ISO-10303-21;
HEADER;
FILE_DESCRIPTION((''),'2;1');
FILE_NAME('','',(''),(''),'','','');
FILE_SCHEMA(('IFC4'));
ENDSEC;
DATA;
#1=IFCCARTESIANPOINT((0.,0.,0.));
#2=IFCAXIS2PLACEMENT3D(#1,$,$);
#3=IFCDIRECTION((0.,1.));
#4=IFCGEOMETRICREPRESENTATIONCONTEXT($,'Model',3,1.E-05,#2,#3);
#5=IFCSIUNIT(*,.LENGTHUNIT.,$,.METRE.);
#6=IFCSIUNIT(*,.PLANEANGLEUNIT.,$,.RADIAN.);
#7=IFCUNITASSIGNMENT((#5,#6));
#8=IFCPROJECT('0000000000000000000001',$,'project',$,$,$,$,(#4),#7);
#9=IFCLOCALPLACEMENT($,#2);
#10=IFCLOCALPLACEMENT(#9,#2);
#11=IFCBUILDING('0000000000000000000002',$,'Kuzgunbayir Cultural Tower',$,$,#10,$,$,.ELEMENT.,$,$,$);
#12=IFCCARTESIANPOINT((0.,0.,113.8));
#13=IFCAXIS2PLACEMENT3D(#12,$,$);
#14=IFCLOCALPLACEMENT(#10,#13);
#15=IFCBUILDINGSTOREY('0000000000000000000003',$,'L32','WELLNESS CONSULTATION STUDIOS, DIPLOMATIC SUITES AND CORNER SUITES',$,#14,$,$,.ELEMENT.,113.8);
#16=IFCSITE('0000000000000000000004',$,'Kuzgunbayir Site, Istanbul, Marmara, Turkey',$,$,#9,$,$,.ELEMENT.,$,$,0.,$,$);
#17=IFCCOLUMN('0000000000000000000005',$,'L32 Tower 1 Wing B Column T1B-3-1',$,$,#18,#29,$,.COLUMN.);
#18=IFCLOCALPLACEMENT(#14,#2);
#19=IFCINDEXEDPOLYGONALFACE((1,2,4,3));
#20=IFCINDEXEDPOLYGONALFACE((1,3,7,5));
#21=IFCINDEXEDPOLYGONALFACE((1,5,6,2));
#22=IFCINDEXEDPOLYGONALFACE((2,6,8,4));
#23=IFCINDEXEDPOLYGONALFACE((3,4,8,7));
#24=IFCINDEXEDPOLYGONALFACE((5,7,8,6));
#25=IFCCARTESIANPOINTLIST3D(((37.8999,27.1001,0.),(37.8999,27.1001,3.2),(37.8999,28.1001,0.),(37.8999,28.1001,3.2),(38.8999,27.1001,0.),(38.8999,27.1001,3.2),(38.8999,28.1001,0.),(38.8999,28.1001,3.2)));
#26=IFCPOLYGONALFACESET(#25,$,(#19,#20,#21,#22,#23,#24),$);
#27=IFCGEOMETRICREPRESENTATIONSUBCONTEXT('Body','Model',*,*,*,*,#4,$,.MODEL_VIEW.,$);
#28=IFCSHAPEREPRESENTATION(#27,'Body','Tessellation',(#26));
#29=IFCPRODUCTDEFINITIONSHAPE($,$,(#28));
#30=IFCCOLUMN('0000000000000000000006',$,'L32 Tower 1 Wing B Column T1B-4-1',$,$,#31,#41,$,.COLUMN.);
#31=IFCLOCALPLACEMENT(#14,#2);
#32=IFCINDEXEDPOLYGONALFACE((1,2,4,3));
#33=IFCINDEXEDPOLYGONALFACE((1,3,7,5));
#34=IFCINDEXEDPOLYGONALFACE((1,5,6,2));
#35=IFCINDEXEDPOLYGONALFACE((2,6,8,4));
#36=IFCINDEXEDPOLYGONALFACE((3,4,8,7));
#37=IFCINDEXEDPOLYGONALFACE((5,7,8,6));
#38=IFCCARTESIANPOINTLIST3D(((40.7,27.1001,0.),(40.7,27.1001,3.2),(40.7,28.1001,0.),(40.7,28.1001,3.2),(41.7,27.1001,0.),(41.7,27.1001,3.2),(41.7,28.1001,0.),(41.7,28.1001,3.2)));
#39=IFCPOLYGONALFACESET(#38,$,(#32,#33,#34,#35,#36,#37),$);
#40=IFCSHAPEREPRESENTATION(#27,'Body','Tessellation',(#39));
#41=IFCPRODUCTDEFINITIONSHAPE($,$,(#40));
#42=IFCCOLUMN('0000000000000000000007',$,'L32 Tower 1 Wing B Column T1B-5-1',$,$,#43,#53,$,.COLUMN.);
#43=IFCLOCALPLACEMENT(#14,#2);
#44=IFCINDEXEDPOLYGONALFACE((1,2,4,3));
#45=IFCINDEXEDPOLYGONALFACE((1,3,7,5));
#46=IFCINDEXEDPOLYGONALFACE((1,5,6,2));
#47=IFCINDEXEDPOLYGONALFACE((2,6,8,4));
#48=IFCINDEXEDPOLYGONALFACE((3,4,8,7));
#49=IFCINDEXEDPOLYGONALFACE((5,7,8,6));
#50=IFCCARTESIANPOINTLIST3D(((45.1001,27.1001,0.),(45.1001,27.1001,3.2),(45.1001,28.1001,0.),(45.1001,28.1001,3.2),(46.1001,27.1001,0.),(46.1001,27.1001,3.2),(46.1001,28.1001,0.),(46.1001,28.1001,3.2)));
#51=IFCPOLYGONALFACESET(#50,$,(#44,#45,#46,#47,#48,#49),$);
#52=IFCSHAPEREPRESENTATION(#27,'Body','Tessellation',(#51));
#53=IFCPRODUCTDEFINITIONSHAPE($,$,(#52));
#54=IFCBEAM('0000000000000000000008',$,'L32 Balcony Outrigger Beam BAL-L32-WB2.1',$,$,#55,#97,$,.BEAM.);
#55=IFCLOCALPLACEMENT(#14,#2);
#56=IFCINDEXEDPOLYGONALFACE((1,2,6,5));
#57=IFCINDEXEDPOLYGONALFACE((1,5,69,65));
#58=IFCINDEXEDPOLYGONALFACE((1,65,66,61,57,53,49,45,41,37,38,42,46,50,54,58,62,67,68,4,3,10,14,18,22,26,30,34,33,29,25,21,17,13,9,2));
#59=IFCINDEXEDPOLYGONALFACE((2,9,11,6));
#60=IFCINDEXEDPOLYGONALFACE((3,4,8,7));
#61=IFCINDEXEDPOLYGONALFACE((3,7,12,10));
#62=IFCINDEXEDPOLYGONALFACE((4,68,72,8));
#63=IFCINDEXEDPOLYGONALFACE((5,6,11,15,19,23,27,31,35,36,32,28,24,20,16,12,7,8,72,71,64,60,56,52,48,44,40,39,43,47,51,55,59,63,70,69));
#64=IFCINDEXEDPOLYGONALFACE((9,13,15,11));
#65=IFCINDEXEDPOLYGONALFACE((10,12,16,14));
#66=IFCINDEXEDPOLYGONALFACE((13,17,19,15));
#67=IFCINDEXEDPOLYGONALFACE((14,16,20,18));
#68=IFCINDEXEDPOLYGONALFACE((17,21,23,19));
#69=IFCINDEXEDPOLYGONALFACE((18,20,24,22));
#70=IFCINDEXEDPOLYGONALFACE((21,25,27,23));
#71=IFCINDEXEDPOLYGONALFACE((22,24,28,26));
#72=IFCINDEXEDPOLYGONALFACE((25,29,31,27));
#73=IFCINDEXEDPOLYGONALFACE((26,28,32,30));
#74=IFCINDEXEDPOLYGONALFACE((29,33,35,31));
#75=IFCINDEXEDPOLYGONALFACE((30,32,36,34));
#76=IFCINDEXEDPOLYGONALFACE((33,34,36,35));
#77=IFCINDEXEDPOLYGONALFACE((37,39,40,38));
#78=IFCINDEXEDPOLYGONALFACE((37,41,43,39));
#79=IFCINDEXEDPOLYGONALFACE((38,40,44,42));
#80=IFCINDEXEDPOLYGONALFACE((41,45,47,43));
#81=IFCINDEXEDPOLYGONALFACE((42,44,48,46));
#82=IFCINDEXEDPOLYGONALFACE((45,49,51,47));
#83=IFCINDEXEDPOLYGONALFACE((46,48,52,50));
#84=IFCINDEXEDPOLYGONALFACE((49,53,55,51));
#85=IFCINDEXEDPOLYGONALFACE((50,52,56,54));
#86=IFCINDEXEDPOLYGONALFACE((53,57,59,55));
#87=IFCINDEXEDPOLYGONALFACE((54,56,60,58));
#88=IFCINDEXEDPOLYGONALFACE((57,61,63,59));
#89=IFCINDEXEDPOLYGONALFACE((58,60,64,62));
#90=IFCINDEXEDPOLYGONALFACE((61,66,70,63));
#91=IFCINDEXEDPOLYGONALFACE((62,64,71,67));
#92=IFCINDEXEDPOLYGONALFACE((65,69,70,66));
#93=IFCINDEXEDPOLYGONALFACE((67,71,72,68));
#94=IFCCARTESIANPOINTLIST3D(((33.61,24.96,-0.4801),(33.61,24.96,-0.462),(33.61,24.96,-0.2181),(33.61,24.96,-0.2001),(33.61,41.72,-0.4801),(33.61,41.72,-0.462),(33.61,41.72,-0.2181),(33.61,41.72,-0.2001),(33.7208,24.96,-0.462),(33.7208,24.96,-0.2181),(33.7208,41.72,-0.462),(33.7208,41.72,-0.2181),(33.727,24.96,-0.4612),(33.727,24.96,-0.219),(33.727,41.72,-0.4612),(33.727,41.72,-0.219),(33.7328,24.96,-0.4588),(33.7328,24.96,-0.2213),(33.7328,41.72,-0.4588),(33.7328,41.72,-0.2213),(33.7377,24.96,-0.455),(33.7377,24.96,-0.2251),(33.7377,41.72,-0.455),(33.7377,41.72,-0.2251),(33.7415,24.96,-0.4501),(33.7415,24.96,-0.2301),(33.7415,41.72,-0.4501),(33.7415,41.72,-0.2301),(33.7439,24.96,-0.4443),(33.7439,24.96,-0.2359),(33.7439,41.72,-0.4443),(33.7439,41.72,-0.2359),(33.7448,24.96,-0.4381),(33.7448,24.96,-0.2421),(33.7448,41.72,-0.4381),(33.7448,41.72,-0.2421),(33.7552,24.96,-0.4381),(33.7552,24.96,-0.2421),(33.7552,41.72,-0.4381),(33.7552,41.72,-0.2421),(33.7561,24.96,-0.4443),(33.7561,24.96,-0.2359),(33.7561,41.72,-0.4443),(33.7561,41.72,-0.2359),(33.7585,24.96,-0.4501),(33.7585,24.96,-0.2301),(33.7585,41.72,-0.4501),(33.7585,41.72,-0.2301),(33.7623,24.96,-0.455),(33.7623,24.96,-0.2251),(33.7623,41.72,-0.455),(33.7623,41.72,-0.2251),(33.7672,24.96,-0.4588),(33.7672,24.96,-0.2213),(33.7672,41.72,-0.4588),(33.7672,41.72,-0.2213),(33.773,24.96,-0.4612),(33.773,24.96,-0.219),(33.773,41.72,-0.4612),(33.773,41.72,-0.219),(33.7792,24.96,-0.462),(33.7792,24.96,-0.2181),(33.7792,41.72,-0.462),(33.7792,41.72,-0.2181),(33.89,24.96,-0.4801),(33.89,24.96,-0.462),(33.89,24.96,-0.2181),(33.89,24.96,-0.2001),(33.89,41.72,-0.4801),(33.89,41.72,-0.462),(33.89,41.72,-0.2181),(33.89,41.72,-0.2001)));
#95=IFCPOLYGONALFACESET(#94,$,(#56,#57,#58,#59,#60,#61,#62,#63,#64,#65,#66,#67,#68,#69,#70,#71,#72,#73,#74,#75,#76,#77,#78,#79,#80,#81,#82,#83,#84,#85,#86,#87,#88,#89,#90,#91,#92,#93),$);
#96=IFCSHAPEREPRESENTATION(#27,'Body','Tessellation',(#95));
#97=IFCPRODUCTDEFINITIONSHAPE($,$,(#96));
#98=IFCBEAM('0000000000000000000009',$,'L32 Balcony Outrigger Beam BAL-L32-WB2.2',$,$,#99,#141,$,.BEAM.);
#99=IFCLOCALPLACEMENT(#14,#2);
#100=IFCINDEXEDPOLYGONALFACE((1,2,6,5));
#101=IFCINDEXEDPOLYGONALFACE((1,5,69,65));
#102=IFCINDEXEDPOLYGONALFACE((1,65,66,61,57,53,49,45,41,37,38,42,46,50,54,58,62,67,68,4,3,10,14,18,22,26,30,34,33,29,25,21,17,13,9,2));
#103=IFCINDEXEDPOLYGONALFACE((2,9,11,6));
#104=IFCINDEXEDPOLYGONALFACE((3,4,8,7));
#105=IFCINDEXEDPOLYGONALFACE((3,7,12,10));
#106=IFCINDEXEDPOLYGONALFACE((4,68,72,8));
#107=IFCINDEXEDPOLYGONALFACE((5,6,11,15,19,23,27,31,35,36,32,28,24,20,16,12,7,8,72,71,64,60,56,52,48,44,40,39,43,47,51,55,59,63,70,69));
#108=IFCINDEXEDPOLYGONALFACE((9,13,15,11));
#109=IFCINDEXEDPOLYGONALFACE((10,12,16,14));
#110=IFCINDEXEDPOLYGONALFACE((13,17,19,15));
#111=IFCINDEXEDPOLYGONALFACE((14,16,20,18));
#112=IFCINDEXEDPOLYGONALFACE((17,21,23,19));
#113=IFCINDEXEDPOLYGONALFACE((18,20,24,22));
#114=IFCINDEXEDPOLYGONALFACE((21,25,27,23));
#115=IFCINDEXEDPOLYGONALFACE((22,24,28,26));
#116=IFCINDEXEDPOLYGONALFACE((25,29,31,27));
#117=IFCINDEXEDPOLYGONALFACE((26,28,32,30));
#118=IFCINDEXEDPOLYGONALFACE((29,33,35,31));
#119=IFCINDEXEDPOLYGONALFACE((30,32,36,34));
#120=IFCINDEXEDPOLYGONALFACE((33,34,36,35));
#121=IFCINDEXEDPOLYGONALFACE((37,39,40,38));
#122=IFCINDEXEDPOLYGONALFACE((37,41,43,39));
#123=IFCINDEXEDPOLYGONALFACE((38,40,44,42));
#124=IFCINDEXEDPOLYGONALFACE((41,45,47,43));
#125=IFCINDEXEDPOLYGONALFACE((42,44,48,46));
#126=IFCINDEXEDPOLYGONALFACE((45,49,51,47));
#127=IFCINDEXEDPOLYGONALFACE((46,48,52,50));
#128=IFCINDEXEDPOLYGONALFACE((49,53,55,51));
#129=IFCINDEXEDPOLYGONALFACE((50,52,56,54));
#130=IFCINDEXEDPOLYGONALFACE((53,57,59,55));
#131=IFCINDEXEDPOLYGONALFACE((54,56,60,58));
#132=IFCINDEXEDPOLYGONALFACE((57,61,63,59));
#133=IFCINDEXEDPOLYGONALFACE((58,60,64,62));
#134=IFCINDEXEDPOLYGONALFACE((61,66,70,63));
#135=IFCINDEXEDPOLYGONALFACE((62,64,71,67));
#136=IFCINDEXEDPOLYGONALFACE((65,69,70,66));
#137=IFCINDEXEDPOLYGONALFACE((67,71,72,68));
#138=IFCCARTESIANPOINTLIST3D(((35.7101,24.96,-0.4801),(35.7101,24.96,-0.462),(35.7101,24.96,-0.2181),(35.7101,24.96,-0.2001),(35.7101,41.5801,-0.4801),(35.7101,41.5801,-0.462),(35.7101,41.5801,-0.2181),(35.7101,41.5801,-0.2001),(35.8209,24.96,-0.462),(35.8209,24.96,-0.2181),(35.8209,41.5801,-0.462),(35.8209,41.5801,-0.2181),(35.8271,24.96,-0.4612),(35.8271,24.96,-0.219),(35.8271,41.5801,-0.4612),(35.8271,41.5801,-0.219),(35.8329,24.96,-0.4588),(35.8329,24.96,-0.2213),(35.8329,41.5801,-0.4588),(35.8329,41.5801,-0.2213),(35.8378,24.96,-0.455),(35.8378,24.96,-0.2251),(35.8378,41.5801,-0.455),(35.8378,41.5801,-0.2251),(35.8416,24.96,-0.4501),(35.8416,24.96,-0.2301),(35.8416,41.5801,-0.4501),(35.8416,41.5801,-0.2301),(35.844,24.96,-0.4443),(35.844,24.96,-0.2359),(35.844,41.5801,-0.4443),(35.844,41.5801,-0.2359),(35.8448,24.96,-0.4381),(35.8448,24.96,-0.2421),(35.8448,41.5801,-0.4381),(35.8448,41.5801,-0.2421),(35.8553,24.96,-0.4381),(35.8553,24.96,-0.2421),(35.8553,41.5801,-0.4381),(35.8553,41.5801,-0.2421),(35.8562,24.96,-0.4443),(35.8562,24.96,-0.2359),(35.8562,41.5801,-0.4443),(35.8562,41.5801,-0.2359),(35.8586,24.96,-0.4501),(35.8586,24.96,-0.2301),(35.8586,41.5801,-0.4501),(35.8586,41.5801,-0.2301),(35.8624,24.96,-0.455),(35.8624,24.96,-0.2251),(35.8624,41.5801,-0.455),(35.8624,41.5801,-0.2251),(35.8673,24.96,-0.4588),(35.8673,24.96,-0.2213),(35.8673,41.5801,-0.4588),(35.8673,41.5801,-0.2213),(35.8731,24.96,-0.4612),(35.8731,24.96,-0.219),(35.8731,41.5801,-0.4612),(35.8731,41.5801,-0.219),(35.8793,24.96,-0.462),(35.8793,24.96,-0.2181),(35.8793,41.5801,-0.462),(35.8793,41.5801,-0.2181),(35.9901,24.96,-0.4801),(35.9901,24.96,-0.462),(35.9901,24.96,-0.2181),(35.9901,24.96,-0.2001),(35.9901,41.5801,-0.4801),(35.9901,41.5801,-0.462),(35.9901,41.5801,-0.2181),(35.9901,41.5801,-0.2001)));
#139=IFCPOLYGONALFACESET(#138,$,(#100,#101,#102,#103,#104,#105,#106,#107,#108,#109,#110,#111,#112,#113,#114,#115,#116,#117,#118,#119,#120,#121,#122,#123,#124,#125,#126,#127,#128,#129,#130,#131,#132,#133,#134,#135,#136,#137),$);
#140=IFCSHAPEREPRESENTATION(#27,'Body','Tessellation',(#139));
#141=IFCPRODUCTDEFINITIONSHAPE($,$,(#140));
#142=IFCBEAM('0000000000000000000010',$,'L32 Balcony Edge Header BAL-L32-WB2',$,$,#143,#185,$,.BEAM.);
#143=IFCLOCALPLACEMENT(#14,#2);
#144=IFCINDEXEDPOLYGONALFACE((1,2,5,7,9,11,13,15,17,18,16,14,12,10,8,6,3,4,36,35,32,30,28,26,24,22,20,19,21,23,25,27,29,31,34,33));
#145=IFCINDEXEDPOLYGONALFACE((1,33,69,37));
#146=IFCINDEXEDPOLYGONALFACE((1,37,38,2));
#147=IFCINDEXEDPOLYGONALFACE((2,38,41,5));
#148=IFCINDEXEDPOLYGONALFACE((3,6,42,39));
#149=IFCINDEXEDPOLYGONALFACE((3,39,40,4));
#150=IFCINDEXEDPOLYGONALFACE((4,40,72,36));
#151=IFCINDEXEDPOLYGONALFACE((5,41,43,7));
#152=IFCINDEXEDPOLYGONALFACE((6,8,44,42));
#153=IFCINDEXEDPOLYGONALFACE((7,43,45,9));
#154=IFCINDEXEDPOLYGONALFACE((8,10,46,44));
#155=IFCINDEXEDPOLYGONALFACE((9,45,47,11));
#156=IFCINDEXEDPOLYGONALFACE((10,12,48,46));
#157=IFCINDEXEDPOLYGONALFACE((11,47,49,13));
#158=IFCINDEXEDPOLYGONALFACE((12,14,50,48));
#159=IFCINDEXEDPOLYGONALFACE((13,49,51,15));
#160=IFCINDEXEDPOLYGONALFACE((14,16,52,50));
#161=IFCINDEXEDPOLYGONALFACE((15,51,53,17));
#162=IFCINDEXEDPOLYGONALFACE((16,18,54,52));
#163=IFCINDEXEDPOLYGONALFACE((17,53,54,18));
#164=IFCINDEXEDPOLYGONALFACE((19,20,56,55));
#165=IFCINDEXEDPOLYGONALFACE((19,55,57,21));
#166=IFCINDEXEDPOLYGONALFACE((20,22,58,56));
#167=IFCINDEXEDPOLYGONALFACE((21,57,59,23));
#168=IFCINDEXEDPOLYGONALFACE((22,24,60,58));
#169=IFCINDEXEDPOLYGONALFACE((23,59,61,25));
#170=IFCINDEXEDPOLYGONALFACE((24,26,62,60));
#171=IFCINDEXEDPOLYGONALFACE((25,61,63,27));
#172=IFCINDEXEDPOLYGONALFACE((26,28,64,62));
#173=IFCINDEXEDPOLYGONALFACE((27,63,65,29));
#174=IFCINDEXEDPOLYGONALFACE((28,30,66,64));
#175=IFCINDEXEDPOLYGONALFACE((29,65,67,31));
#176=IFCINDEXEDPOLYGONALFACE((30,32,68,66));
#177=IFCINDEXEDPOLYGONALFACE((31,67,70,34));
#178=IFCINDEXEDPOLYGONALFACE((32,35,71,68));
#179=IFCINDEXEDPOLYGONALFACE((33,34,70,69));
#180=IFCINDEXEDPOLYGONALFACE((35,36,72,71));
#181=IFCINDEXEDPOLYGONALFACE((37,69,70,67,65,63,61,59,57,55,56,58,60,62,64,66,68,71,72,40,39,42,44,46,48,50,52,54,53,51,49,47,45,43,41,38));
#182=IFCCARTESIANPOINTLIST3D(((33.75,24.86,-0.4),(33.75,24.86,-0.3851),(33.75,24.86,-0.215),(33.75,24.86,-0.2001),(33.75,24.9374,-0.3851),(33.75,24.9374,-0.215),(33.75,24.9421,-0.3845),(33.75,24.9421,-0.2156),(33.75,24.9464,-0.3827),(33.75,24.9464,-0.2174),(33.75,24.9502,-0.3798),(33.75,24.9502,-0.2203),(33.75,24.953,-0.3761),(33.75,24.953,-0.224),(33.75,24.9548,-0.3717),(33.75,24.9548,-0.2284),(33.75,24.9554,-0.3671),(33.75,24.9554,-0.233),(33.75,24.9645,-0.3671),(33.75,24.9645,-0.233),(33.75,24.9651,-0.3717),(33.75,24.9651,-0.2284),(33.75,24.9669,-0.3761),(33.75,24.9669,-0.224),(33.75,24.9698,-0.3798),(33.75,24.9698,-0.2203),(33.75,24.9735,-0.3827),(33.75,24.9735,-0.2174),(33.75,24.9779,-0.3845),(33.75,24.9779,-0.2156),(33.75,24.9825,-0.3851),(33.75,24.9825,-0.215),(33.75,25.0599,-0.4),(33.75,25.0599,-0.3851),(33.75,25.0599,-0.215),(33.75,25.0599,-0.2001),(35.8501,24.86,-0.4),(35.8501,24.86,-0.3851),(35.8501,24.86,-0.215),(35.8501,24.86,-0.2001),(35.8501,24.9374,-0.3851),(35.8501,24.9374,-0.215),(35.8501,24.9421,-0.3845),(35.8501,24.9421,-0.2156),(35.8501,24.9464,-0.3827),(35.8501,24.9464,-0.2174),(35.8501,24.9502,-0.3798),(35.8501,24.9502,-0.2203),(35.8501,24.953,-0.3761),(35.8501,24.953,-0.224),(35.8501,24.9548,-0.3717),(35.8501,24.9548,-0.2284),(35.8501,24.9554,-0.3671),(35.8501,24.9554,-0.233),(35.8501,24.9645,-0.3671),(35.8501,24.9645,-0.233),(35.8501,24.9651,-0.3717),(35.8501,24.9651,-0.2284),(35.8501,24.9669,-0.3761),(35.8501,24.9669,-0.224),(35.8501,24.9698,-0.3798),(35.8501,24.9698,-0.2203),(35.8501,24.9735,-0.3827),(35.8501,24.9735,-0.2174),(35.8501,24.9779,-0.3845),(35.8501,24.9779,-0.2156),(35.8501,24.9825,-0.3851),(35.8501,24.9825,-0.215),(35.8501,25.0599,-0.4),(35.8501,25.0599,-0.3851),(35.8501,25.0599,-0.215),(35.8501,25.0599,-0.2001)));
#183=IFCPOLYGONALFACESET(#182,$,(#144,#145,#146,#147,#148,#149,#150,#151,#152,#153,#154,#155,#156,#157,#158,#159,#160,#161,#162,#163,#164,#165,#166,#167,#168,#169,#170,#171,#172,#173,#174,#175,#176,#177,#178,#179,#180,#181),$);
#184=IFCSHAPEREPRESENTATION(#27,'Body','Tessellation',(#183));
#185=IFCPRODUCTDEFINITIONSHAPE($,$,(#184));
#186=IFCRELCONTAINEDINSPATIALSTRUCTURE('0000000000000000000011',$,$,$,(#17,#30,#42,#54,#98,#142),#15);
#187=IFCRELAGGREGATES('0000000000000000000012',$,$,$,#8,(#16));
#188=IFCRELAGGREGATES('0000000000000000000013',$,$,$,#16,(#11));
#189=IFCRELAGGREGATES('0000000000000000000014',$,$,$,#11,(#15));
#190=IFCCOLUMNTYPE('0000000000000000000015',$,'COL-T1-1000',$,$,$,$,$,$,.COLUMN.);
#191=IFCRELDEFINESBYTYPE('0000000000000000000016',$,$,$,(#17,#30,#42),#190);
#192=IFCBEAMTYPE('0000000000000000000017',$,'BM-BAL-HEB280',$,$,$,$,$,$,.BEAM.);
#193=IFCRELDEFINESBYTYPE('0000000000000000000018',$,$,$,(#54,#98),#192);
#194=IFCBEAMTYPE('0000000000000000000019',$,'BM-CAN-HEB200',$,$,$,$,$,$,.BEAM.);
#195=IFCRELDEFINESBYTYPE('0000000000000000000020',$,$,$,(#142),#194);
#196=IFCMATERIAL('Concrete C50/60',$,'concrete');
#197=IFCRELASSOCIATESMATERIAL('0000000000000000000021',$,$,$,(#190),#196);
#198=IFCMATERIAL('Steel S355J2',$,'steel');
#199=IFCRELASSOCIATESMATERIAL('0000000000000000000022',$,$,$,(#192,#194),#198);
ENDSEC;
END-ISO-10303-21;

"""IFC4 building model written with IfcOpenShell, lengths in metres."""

from ifc_helpers import new_model, si_unit, direction, frame, origin, origin_2d, place, context, subcontext, project, spatial, rectangle, i_section, extrude, material, material_profile, profile_set, type_object, element, save


model = new_model("IFC4")

# Units and contexts
model_context = context("Model", 3, precision=1e-05, world=origin(), true_north=direction((0.0, 1.0)))
body_context = subcontext(model_context, "Body", "Model", "MODEL_VIEW")
ifc_project = project(units=[si_unit("LENGTHUNIT", "METRE"), si_unit("PLANEANGLEUNIT", "RADIAN")], contexts=[model_context])

# Site, building, storey
site_placement = place(None, origin())
site = spatial("IfcSite", under=ifc_project, at=site_placement, Name="Kuzgunbayir Site, Istanbul, Marmara, Turkey", CompositionType="ELEMENT", RefElevation=0.0)
building_placement = place(site_placement, origin())
building = spatial("IfcBuilding", under=site, at=building_placement, Name="Kuzgunbayir Cultural Tower", CompositionType="ELEMENT")
storey_placement = place(building_placement, frame((0.0, 0.0, 113.8)))
storey = spatial("IfcBuildingStorey", under=building, at=storey_placement, Name="L32", Description="WELLNESS CONSULTATION STUDIOS, DIPLOMATIC SUITES AND CORNER SUITES", CompositionType="ELEMENT", Elevation=113.8)

# Columns
ifc_material_1 = material(Name="Concrete C50/60", Category="concrete")
ifc_material_profile_1 = material_profile(ifc_material_1, rectangle(XDim=1.0, YDim=1.0, at=origin_2d()), Name="RC 1000x1000")
ifc_profile_set_1 = profile_set([ifc_material_profile_1], Name="Concrete C50/60")
column_type = type_object("IfcColumnType", Name="COL-T1-1000", PredefinedType="COLUMN", material=ifc_profile_set_1)
for number, where, z_axis, x_axis, name in (
    (1, (38.3999, 27.6001, 0.0), (0.0, 0.0, 1.0), (1.0, 0.0, 0.0), "L32 Tower 1 Wing B Column T1B-3-1"),
    (2, (41.2, 27.6001, 0.0), (0.0, 0.0, 1.0), (1.0, 0.0, 0.0), "L32 Tower 1 Wing B Column T1B-4-1"),
    (3, (45.6001, 27.6001, 0.0), (0.0, 0.0, 1.0), (1.0, 0.0, 0.0), "L32 Tower 1 Wing B Column T1B-5-1"),
):
    element("IfcColumn", number, at=place(storey_placement, frame(where, z_axis=z_axis, x_axis=x_axis)), inside=storey, type_object=column_type, Name=name, PredefinedType="COLUMN", context=body_context, shape_type="SweptSolid", body=[
        extrude(rectangle(XDim=1.0, YDim=1.0, at=origin_2d()), origin(), (0.0, 0.0, 1.0), 3.2),
    ])

# Beams
ifc_material_2 = material(Name="Steel S355J2", Category="steel")
ifc_material_profile_2 = material_profile(ifc_material_2, i_section(OverallWidth=0.28, OverallDepth=0.28, WebThickness=0.0105, FlangeThickness=0.0181, FilletRadius=0.0239, at=origin_2d()), Name="HEB 280")
ifc_profile_set_2 = profile_set([ifc_material_profile_2], Name="Steel S355J2")
beam_type_1 = type_object("IfcBeamType", Name="BM-BAL-HEB280", PredefinedType="BEAM", material=ifc_profile_set_2)
beam_1_placement = place(storey_placement, frame((33.75, 24.96, -0.3401), z_axis=(0.0, 1.0, 0.0), x_axis=(-1.0, 0.0, 0.0)))
element("IfcBeam", 4, at=beam_1_placement, inside=storey, type_object=beam_type_1, Name="L32 Balcony Outrigger Beam BAL-L32-WB2.1", PredefinedType="BEAM", context=body_context, shape_type="SweptSolid", body=[
    extrude(i_section(OverallWidth=0.28, OverallDepth=0.28, WebThickness=0.0105, FlangeThickness=0.0181, FilletRadius=0.0239, at=origin_2d()), origin(), (0.0, 0.0, 1.0), 16.76),
])
beam_2_placement = place(storey_placement, frame((35.8501, 24.96, -0.3401), z_axis=(0.0, 1.0, 0.0), x_axis=(-1.0, 0.0, 0.0)))
element("IfcBeam", 5, at=beam_2_placement, inside=storey, type_object=beam_type_1, Name="L32 Balcony Outrigger Beam BAL-L32-WB2.2", PredefinedType="BEAM", context=body_context, shape_type="SweptSolid", body=[
    extrude(i_section(OverallWidth=0.28, OverallDepth=0.28, WebThickness=0.0105, FlangeThickness=0.0181, FilletRadius=0.0239, at=origin_2d()), origin(), (0.0, 0.0, 1.0), 16.6201),
])
ifc_material_profile_3 = material_profile(ifc_material_2, i_section(OverallWidth=0.2, OverallDepth=0.2, WebThickness=0.009, FlangeThickness=0.0149, FilletRadius=0.0181, at=origin_2d()), Name="HEB 200")
ifc_profile_set_3 = profile_set([ifc_material_profile_3], Name="Steel S355J2")
beam_type_2 = type_object("IfcBeamType", Name="BM-CAN-HEB200", PredefinedType="BEAM", material=ifc_profile_set_3)
beam_3_placement = place(storey_placement, frame((33.75, 24.96, -0.3), z_axis=(1.0, 0.0, 0.0), x_axis=(0.0, 1.0, 0.0)))
element("IfcBeam", 6, at=beam_3_placement, inside=storey, type_object=beam_type_2, Name="L32 Balcony Edge Header BAL-L32-WB2", PredefinedType="BEAM", context=body_context, shape_type="SweptSolid", body=[
    extrude(i_section(OverallWidth=0.2, OverallDepth=0.2, WebThickness=0.009, FlangeThickness=0.0149, FilletRadius=0.0181, at=origin_2d()), origin(), (0.0, 0.0, 1.0), 2.1001),
])

save(model, "model.ifc")
